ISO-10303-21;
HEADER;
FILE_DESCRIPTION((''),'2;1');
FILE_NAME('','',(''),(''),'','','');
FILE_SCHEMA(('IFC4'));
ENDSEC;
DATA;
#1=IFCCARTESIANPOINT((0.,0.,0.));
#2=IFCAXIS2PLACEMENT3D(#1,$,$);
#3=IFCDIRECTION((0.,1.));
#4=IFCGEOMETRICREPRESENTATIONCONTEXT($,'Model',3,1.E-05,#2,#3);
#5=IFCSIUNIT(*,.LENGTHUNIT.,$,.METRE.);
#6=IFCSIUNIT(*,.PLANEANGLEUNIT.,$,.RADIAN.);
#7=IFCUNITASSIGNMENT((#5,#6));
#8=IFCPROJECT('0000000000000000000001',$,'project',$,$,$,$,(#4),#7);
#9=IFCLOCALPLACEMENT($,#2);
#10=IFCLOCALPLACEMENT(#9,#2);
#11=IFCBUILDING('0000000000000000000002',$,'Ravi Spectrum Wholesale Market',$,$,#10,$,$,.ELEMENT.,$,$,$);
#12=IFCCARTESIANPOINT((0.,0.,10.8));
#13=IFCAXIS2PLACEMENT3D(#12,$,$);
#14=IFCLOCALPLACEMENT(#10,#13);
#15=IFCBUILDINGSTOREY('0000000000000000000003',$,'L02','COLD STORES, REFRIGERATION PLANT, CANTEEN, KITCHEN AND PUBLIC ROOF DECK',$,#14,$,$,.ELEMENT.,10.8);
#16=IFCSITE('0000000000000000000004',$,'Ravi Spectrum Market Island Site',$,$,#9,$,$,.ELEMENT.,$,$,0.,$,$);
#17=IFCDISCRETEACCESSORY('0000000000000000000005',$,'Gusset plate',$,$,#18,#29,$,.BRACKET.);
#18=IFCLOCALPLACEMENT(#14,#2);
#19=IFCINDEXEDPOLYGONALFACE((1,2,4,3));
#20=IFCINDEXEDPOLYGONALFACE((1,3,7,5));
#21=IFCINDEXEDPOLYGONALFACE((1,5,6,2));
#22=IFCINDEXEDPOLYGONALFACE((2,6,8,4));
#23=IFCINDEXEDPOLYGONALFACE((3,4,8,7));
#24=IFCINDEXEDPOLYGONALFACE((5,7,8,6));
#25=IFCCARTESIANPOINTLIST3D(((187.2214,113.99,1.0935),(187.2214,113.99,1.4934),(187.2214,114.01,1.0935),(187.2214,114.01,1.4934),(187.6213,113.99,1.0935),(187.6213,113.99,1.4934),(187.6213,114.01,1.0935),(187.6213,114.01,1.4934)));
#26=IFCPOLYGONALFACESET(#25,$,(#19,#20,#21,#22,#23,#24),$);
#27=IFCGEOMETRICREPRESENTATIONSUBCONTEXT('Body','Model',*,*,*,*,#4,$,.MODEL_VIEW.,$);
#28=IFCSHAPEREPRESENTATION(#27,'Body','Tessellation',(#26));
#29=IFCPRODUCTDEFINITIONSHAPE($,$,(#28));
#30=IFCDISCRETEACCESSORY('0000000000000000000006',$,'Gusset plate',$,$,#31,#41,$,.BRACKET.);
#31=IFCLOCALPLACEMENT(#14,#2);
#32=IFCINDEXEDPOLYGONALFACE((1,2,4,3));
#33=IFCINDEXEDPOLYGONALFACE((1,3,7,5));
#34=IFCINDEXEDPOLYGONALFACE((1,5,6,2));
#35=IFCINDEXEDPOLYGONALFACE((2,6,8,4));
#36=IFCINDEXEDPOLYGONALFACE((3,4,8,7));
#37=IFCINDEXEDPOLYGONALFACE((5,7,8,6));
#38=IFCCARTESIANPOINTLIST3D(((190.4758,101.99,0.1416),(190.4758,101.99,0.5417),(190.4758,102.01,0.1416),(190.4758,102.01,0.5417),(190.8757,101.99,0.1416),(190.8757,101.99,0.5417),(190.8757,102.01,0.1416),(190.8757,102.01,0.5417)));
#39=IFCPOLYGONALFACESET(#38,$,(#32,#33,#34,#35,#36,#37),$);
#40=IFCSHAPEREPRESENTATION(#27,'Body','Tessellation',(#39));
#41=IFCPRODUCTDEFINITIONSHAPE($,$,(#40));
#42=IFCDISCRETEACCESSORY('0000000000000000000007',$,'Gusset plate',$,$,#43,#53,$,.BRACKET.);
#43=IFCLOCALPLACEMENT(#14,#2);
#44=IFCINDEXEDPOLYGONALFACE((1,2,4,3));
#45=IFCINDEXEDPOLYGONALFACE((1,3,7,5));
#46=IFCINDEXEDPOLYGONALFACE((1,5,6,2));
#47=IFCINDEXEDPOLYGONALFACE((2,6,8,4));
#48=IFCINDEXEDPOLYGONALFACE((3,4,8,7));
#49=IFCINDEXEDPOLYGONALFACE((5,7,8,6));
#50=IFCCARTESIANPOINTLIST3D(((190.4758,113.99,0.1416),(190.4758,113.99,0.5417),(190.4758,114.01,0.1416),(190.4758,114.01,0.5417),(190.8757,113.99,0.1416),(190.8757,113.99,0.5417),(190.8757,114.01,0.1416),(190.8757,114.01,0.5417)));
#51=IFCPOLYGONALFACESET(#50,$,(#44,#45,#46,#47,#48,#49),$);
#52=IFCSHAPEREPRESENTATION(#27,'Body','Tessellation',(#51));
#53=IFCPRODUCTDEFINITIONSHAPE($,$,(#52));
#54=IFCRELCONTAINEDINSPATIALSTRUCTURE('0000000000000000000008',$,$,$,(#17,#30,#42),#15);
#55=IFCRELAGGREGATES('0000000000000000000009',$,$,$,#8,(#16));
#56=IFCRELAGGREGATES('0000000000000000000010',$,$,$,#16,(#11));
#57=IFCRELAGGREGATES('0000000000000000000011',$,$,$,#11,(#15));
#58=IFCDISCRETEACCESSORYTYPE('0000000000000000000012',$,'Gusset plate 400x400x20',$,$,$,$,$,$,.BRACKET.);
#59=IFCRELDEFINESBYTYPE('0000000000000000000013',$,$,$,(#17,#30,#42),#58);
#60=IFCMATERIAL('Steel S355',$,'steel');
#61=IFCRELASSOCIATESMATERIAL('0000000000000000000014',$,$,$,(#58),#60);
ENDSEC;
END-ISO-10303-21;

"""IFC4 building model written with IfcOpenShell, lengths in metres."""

from ifc_helpers import new_model, si_unit, direction, frame, origin, origin_2d, place, context, subcontext, project, spatial, rectangle, extrude, material, material_profile, profile_set, type_object, element, save


model = new_model("IFC4")

# Units and contexts
model_context = context("Model", 3, precision=1e-05, world=origin(), true_north=direction((0.0, 1.0)))
body_context = subcontext(model_context, "Body", "Model", "MODEL_VIEW")
ifc_project = project(units=[si_unit("LENGTHUNIT", "METRE"), si_unit("PLANEANGLEUNIT", "RADIAN")], contexts=[model_context])

# Site, building, storey
site_placement = place(None, origin())
site = spatial("IfcSite", under=ifc_project, at=site_placement, Name="Ravi Spectrum Market Island Site", CompositionType="ELEMENT", RefElevation=0.0)
building_placement = place(site_placement, origin())
building = spatial("IfcBuilding", under=site, at=building_placement, Name="Ravi Spectrum Wholesale Market", CompositionType="ELEMENT")
storey_placement = place(building_placement, frame((0.0, 0.0, 10.8)))
storey = spatial("IfcBuildingStorey", under=building, at=storey_placement, Name="L02", Description="COLD STORES, REFRIGERATION PLANT, CANTEEN, KITCHEN AND PUBLIC ROOF DECK", CompositionType="ELEMENT", Elevation=10.8)

# Discrete accessories
ifc_material_1 = material(Name="Steel S355", Category="steel")
ifc_material_profile_1 = material_profile(ifc_material_1, rectangle(XDim=0.3999, YDim=0.02, at=origin_2d()))
ifc_profile_set_1 = profile_set([ifc_material_profile_1], Name="Steel S355")
discrete_accessory_type_1 = type_object("IfcDiscreteAccessoryType", Name="Gusset plate 400x400x20", PredefinedType="BRACKET", material=ifc_profile_set_1)
for number, where, z_axis, x_axis, name in (
    (1, (187.4214, 114.0, 1.0935), (0.0, 0.0, 1.0), (-1.0, 0.0, 0.0), "Gusset plate"),
):
    element("IfcDiscreteAccessory", number, at=place(storey_placement, frame(where, z_axis=z_axis, x_axis=x_axis)), inside=storey, type_object=discrete_accessory_type_1, Name=name, PredefinedType="BRACKET", context=body_context, shape_type="SweptSolid", body=[
        extrude(rectangle(XDim=0.3999, YDim=0.02, at=origin_2d()), origin(), (0.0, 0.0, 1.0), 0.3999),
    ])
for number, where, z_axis, x_axis, name in (
    (2, (190.6758, 102.0, 0.1416), (0.0, 0.0, 1.0), (-1.0, 0.0, 0.0), "Gusset plate"),
    (3, (190.6758, 114.0, 0.1416), (0.0, 0.0, 1.0), (-1.0, 0.0, 0.0), "Gusset plate"),
):
    element("IfcDiscreteAccessory", number, at=place(storey_placement, frame(where, z_axis=z_axis, x_axis=x_axis)), inside=storey, type_object=discrete_accessory_type_1, Name=name, PredefinedType="BRACKET", context=body_context, shape_type="SweptSolid", body=[
        extrude(rectangle(XDim=0.3999, YDim=0.02, at=origin_2d()), origin(), (0.0, 0.0, 1.0), 0.4001),
    ])

save(model, "model.ifc")
